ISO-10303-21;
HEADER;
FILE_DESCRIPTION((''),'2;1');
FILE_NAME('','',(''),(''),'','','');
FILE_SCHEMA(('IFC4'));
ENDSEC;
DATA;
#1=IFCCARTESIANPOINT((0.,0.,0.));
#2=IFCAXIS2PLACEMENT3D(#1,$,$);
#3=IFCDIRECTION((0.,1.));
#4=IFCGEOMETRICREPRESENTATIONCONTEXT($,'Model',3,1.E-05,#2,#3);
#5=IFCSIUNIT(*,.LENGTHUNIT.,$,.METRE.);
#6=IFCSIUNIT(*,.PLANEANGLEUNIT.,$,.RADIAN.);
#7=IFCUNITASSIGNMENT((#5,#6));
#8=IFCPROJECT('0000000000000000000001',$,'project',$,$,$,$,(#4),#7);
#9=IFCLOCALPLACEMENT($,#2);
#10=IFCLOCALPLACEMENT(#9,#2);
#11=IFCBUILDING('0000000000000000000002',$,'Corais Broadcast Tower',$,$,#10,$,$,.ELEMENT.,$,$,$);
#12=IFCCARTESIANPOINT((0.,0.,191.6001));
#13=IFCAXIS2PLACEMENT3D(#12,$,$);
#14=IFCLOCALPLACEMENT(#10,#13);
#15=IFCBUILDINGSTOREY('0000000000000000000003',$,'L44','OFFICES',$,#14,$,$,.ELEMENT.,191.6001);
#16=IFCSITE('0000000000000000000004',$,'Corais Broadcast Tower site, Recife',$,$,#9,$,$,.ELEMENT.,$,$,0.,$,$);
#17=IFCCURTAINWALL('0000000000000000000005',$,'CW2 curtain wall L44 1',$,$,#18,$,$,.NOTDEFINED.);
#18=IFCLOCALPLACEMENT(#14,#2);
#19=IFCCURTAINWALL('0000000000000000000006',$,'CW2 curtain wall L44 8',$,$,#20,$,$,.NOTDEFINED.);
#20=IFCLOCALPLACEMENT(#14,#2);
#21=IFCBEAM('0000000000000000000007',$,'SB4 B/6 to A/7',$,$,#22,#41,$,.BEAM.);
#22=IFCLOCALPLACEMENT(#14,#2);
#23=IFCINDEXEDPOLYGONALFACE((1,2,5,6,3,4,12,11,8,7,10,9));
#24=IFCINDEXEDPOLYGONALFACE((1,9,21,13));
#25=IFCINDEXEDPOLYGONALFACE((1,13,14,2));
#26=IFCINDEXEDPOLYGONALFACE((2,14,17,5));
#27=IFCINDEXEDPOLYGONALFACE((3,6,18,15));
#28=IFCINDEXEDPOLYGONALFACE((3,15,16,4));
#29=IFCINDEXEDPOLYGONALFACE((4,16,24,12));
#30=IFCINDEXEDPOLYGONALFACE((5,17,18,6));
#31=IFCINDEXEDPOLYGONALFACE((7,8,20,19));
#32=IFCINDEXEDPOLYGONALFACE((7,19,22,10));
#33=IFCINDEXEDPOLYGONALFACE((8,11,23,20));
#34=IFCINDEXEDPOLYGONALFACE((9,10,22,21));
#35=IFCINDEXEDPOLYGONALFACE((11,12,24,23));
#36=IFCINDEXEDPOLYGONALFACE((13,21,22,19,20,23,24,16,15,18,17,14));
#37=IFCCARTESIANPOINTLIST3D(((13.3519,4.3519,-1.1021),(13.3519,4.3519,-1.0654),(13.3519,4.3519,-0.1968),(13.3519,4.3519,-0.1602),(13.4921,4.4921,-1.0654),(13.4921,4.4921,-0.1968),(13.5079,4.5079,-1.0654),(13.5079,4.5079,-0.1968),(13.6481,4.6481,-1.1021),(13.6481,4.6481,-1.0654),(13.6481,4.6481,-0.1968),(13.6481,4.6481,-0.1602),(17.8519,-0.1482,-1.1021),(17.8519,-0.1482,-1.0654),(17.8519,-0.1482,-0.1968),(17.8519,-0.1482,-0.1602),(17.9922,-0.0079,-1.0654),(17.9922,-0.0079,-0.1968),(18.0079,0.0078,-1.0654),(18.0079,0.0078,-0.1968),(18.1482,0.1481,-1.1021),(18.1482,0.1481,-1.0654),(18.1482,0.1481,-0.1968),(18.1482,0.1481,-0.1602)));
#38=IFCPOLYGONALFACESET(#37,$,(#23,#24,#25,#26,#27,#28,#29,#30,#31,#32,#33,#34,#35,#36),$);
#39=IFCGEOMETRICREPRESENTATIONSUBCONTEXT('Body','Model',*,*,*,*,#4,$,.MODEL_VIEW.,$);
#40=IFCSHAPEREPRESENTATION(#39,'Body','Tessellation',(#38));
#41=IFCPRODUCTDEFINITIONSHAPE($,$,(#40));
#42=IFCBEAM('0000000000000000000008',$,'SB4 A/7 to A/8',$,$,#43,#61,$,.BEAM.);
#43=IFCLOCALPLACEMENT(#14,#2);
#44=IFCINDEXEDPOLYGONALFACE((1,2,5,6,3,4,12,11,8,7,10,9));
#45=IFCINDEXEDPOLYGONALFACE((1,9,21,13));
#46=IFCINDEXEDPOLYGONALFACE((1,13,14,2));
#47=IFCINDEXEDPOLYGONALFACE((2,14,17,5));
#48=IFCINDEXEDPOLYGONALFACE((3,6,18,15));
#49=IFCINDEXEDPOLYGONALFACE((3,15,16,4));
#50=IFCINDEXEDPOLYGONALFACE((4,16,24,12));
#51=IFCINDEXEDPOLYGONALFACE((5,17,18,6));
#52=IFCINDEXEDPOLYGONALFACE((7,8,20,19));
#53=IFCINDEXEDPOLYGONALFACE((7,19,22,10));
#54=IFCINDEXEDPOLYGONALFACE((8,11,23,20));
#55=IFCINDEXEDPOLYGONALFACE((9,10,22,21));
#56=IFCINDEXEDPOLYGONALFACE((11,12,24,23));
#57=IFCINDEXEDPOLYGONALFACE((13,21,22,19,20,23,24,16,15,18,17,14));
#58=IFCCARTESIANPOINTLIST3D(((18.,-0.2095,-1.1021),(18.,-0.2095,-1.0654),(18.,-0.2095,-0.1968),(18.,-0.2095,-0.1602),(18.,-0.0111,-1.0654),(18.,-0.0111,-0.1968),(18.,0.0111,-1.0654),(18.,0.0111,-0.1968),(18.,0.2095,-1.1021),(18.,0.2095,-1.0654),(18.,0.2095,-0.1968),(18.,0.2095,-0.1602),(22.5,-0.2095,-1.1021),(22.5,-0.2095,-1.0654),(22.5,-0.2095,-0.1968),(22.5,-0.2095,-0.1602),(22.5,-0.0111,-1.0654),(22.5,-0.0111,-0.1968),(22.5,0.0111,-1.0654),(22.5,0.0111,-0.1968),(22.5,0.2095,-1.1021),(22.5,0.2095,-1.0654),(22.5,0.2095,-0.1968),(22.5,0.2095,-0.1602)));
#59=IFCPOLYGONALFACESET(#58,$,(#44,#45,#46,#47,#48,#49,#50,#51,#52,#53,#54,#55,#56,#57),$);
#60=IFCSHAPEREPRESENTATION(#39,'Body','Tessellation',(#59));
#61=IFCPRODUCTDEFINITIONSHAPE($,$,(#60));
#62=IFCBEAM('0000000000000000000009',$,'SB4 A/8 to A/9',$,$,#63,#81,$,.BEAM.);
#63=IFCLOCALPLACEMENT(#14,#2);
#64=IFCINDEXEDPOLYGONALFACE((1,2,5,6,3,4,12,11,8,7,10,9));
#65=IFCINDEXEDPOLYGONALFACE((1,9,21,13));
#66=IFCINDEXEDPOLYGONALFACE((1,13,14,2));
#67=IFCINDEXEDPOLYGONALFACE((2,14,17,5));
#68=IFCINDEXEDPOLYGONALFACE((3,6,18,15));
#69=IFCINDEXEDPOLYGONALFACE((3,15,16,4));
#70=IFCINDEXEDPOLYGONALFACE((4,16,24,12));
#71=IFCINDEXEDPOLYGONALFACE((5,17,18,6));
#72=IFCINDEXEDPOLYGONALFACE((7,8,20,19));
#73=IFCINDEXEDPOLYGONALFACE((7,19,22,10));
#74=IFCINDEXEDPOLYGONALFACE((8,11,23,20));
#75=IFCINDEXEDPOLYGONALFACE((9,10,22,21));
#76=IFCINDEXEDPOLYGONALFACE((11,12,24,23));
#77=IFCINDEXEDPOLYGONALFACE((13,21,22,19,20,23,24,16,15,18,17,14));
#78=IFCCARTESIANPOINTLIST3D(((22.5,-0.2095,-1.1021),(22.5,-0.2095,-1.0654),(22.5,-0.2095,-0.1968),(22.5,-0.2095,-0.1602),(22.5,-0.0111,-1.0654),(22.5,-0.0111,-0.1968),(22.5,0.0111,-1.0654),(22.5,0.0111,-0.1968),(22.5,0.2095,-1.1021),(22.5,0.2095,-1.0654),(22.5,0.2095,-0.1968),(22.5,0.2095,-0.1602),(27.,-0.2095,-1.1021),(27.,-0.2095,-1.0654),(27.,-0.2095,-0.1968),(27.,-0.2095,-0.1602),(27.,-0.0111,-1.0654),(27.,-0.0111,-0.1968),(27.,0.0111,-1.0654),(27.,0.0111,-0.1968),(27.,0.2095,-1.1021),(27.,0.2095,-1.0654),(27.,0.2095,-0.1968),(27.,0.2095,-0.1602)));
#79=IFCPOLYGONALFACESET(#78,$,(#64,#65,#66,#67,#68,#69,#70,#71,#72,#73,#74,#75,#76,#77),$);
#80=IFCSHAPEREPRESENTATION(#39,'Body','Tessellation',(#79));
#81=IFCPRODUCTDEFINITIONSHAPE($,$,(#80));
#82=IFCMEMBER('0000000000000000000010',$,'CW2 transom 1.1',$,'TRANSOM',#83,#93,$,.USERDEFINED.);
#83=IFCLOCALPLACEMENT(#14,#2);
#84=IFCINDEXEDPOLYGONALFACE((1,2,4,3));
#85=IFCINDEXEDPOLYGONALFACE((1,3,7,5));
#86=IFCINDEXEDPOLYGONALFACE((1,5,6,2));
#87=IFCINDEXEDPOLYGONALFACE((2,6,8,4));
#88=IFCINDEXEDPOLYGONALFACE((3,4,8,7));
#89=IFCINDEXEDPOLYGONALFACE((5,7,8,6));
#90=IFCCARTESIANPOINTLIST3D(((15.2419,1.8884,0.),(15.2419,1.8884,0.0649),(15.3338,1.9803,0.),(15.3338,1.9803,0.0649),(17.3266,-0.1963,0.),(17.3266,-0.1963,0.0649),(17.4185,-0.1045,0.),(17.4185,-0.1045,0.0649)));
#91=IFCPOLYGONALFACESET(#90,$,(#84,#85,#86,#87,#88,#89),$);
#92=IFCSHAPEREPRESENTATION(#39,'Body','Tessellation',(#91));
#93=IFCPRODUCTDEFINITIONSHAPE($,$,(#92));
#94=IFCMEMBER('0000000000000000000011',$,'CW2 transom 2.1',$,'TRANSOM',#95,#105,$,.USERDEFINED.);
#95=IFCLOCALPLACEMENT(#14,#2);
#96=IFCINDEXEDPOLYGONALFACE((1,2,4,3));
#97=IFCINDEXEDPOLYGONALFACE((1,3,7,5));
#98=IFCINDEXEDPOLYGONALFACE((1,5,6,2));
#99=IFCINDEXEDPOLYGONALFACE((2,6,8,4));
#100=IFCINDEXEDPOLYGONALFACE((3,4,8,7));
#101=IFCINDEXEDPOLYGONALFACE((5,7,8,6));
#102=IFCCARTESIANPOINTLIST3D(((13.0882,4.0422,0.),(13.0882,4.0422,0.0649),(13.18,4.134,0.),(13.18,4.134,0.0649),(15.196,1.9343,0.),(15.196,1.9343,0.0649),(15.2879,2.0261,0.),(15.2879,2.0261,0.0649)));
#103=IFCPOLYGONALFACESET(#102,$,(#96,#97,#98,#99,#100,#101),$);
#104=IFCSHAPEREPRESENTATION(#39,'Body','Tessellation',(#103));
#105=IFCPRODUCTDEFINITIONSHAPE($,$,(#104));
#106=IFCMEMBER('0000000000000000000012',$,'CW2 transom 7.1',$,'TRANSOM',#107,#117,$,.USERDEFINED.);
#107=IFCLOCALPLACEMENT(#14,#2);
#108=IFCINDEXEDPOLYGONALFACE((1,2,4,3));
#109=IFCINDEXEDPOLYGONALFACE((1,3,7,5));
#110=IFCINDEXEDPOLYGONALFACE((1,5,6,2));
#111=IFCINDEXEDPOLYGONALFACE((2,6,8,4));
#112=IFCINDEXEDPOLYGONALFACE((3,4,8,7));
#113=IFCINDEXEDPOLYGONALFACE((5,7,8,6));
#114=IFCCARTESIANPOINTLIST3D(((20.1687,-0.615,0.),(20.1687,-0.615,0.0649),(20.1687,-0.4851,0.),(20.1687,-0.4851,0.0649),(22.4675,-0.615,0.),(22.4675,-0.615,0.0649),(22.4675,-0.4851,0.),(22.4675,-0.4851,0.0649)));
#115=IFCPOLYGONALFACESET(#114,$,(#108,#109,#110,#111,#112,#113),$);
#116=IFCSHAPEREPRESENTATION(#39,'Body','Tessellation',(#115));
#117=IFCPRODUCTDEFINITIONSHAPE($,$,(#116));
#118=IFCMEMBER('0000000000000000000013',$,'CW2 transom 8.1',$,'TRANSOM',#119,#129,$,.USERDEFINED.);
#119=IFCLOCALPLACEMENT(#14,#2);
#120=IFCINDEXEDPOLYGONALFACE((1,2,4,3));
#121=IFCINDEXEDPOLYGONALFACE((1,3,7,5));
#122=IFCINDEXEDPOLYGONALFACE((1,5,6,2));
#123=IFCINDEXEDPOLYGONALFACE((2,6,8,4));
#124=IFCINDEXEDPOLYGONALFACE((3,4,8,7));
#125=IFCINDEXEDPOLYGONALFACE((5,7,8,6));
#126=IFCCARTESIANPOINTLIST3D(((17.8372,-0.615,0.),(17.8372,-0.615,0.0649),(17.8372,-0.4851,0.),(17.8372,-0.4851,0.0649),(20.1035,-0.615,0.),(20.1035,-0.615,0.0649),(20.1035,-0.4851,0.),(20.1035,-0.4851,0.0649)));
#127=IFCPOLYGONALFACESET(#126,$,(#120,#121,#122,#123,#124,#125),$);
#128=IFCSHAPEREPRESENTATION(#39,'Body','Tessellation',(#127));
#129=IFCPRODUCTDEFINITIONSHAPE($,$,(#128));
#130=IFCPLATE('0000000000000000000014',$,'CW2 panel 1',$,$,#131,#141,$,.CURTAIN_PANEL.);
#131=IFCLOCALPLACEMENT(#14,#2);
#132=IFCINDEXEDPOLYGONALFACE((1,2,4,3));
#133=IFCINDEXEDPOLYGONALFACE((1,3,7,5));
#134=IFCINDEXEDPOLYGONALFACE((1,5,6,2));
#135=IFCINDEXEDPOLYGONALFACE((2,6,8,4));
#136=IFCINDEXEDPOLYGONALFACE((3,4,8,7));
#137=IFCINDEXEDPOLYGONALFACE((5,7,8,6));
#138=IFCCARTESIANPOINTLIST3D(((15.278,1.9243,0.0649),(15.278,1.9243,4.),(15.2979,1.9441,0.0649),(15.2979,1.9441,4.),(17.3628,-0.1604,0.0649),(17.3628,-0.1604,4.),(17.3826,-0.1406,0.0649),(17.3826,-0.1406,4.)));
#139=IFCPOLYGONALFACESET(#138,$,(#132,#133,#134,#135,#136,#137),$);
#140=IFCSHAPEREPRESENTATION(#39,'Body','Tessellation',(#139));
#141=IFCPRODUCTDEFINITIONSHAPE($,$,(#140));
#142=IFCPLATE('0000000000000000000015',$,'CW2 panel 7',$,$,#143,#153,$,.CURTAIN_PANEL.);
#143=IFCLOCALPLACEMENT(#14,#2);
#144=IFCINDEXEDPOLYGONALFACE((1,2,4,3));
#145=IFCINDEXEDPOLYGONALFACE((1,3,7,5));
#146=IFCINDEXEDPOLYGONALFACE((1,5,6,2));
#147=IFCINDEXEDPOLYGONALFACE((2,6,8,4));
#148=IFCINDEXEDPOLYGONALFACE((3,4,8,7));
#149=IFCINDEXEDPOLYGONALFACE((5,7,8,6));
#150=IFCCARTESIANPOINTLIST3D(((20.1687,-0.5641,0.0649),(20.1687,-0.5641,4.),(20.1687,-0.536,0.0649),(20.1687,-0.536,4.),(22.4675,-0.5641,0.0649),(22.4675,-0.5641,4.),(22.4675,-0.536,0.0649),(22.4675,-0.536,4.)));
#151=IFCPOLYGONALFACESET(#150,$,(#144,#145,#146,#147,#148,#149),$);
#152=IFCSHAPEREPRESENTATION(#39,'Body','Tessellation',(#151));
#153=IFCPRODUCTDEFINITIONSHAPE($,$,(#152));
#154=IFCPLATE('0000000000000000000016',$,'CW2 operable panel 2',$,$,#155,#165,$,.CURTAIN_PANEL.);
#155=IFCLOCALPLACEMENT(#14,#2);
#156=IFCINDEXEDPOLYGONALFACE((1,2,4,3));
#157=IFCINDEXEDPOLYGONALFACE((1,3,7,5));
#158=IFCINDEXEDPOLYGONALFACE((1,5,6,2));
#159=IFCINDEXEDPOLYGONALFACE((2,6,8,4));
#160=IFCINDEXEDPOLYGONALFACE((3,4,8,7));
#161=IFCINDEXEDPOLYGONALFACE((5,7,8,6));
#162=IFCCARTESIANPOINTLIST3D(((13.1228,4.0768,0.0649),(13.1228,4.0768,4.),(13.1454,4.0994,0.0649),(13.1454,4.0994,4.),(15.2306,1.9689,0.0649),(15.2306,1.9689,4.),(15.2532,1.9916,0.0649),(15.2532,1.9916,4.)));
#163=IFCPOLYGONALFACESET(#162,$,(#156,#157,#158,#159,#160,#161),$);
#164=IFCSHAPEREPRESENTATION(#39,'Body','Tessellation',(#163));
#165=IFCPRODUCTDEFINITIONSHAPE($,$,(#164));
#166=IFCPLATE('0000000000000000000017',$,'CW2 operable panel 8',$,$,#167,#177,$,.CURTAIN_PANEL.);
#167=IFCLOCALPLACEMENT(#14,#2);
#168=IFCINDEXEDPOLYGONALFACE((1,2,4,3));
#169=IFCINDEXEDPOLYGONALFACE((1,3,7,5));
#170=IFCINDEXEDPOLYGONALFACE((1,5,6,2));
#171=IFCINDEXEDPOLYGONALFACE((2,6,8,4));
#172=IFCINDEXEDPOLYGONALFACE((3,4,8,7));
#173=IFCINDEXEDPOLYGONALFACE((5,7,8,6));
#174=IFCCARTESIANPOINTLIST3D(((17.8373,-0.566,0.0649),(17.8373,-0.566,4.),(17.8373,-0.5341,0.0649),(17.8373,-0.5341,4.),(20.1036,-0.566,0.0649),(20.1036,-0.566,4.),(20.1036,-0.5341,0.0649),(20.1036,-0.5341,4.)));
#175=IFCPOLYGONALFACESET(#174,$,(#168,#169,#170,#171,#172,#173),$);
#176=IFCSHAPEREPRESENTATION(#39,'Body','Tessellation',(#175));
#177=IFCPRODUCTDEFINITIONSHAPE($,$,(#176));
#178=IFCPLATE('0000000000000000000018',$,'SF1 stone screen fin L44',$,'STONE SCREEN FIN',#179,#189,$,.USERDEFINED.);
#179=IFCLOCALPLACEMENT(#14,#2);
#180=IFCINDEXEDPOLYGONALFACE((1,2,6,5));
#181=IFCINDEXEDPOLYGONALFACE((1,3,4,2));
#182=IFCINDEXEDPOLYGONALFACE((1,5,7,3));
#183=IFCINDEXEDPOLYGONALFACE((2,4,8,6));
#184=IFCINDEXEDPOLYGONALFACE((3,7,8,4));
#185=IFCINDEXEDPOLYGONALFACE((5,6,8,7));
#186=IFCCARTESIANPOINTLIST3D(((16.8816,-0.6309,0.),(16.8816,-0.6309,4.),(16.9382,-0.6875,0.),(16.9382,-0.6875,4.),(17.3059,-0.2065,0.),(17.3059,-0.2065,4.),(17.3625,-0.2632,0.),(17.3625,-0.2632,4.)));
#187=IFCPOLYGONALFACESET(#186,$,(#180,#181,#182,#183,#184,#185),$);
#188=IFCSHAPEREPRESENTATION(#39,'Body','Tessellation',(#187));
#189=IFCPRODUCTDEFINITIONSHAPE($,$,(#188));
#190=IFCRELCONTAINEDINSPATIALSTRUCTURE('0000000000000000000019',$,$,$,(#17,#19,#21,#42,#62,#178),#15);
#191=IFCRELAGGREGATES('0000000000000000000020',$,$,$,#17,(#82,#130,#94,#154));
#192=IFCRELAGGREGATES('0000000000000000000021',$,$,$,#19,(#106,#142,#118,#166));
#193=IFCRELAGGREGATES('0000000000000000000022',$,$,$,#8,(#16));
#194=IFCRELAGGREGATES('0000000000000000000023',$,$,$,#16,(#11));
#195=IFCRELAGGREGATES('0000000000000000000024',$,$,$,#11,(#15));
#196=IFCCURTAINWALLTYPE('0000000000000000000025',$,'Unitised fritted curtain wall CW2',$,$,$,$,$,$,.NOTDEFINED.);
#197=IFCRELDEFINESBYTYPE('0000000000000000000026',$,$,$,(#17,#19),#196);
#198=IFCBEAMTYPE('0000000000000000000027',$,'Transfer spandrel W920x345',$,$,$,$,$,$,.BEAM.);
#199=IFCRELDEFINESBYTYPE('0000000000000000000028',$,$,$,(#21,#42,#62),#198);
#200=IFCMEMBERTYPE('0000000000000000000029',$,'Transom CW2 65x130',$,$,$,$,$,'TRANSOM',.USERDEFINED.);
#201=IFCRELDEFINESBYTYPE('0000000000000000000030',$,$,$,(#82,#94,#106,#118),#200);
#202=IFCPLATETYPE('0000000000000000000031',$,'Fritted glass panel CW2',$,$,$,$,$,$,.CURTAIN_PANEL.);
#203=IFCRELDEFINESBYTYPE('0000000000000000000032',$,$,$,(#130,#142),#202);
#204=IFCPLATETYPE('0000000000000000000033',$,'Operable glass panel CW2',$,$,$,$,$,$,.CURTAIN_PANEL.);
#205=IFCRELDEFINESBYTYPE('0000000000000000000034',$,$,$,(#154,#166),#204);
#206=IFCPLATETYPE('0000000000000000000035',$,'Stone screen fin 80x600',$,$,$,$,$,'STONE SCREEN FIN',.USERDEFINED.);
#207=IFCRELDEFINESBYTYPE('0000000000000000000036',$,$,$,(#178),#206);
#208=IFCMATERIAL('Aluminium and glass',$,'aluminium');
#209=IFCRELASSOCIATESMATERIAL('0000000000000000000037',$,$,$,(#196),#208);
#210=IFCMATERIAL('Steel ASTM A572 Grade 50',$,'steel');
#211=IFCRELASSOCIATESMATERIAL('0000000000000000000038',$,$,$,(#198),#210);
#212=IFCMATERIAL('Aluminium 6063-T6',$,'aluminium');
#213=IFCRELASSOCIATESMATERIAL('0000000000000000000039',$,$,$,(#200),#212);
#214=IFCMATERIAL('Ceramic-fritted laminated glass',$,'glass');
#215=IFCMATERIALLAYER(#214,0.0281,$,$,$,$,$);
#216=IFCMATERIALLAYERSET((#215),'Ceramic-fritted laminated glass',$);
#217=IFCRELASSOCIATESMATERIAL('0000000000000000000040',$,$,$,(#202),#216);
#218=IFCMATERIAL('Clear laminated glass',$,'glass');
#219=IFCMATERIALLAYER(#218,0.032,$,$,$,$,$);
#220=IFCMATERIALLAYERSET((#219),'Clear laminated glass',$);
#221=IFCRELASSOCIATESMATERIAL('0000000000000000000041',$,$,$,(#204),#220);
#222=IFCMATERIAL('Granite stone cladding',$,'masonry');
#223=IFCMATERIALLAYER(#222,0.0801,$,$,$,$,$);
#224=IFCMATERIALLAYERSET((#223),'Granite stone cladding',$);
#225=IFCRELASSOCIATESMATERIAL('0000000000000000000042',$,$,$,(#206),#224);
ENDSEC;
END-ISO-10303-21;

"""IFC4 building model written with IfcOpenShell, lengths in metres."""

from ifc_helpers import new_model, si_unit, direction, frame, origin, origin_2d, place, context, subcontext, project, spatial, rectangle, i_section, extrude, material, layer, layer_set, material_profile, profile_set, type_object, element, aggregate, save


model = new_model("IFC4")

# Units and contexts
model_context = context("Model", 3, precision=1e-05, world=origin(), true_north=direction((0.0, 1.0)))
body_context = subcontext(model_context, "Body", "Model", "MODEL_VIEW")
ifc_project = project(units=[si_unit("LENGTHUNIT", "METRE"), si_unit("PLANEANGLEUNIT", "RADIAN")], contexts=[model_context])

# Site, building, storey
site_placement = place(None, origin())
site = spatial("IfcSite", under=ifc_project, at=site_placement, Name="Corais Broadcast Tower site, Recife", CompositionType="ELEMENT", RefElevation=0.0)
building_placement = place(site_placement, origin())
building = spatial("IfcBuilding", under=site, at=building_placement, Name="Corais Broadcast Tower", CompositionType="ELEMENT")
storey_placement = place(building_placement, frame((0.0, 0.0, 191.6001)))
storey = spatial("IfcBuildingStorey", under=building, at=storey_placement, Name="L44", Description="OFFICES", CompositionType="ELEMENT", Elevation=191.6001)

# Curtain walls
ifc_material_1 = material(Name="Aluminium and glass", Category="aluminium")
curtain_wall_type = type_object("IfcCurtainWallType", Name="Unitised fritted curtain wall CW2", PredefinedType="NOTDEFINED", material=ifc_material_1)
curtain_wall_1_placement = place(storey_placement, origin())
curtain_wall_1 = element("IfcCurtainWall", 1, at=curtain_wall_1_placement, inside=storey, type_object=curtain_wall_type, Name="CW2 curtain wall L44 1", PredefinedType="NOTDEFINED")
curtain_wall_2_placement = place(storey_placement, origin())
curtain_wall_2 = element("IfcCurtainWall", 2, at=curtain_wall_2_placement, inside=storey, type_object=curtain_wall_type, Name="CW2 curtain wall L44 8", PredefinedType="NOTDEFINED")

# Beams
ifc_material_2 = material(Name="Steel ASTM A572 Grade 50", Category="steel")
ifc_material_profile_1 = material_profile(ifc_material_2, i_section(OverallWidth=0.4189, OverallDepth=0.9419, WebThickness=0.0222, FlangeThickness=0.0366, at=origin_2d()), Name="W920x345")
ifc_profile_set_1 = profile_set([ifc_material_profile_1], Name="Steel ASTM A572 Grade 50")
beam_type_1 = type_object("IfcBeamType", Name="Transfer spandrel W920x345", PredefinedType="BEAM", material=ifc_profile_set_1)
beam_1_placement = place(storey_placement, frame((13.5, 4.5, -0.6311), z_axis=(0.707107, -0.707107, 0.0), x_axis=(0.707107, 0.707107, 0.0)))
element("IfcBeam", 3, at=beam_1_placement, inside=storey, type_object=beam_type_1, Name="SB4 B/6 to A/7", PredefinedType="BEAM", context=body_context, shape_type="SweptSolid", body=[
    extrude(i_section(OverallWidth=0.4189, OverallDepth=0.9419, WebThickness=0.0222, FlangeThickness=0.0366, at=origin_2d()), origin(), (0.0, 0.0, 1.0), 6.364),
])
for number, where, z_axis, x_axis, name in (
    (4, (18.0, 0.0, -0.6311), (1.0, 0.0, 0.0), (0.0, 1.0, 0.0), "SB4 A/7 to A/8"),
    (5, (22.5, 0.0, -0.6311), (1.0, 0.0, 0.0), (0.0, 1.0, 0.0), "SB4 A/8 to A/9"),
):
    element("IfcBeam", number, at=place(storey_placement, frame(where, z_axis=z_axis, x_axis=x_axis)), inside=storey, type_object=beam_type_1, Name=name, PredefinedType="BEAM", context=body_context, shape_type="SweptSolid", body=[
        extrude(i_section(OverallWidth=0.4189, OverallDepth=0.9419, WebThickness=0.0222, FlangeThickness=0.0366, at=origin_2d()), origin(), (0.0, 0.0, 1.0), 4.5),
    ])

# Members
ifc_material_3 = material(Name="Aluminium 6063-T6", Category="aluminium")
ifc_material_profile_2 = material_profile(ifc_material_3, rectangle(XDim=0.1299, YDim=0.0649, at=origin_2d()), Name="Transom CW2 65x130")
ifc_profile_set_2 = profile_set([ifc_material_profile_2], Name="Aluminium 6063-T6")
member_type_1 = type_object("IfcMemberType", Name="Transom CW2 65x130", ElementType="TRANSOM", PredefinedType="USERDEFINED", material=ifc_profile_set_2)
member_1_placement = place(storey_placement, frame((17.3726, -0.1504, 0.0325), z_axis=(-0.707107, 0.707107, 0.0), x_axis=(-0.707107, -0.707107, 0.0)))
member_1 = element("IfcMember", 6, at=member_1_placement, type_object=member_type_1, Name="CW2 transom 1.1", ObjectType="TRANSOM", PredefinedType="USERDEFINED", context=body_context, shape_type="SweptSolid", body=[
    extrude(rectangle(XDim=0.1299, YDim=0.0649, at=origin_2d()), origin(), (0.0, 0.0, 1.0), 2.9482),
])
member_2_placement = place(storey_placement, frame((15.2419, 1.9802, 0.0325), z_axis=(-0.707107, 0.707107, 0.0), x_axis=(-0.707107, -0.707107, 0.0)))
member_2 = element("IfcMember", 7, at=member_2_placement, type_object=member_type_1, Name="CW2 transom 2.1", ObjectType="TRANSOM", PredefinedType="USERDEFINED", context=body_context, shape_type="SweptSolid", body=[
    extrude(rectangle(XDim=0.1299, YDim=0.0649, at=origin_2d()), origin(), (0.0, 0.0, 1.0), 2.981),
])
member_3_placement = place(storey_placement, frame((22.4675, -0.55, 0.0325), z_axis=(-1.0, 0.0, 0.0), x_axis=(0.0, -1.0, 0.0)))
member_3 = element("IfcMember", 8, at=member_3_placement, type_object=member_type_1, Name="CW2 transom 7.1", ObjectType="TRANSOM", PredefinedType="USERDEFINED", context=body_context, shape_type="SweptSolid", body=[
    extrude(rectangle(XDim=0.1299, YDim=0.0649, at=origin_2d()), origin(), (0.0, 0.0, 1.0), 2.2988),
])
member_4_placement = place(storey_placement, frame((20.1035, -0.55, 0.0325), z_axis=(-1.0, 0.0, 0.0), x_axis=(0.0, -1.0, 0.0)))
member_4 = element("IfcMember", 9, at=member_4_placement, type_object=member_type_1, Name="CW2 transom 8.1", ObjectType="TRANSOM", PredefinedType="USERDEFINED", context=body_context, shape_type="SweptSolid", body=[
    extrude(rectangle(XDim=0.1299, YDim=0.0649, at=origin_2d()), origin(), (0.0, 0.0, 1.0), 2.2664),
])

# Plates
ifc_material_4 = material(Name="Ceramic-fritted laminated glass", Category="glass")
ifc_layer_1 = layer(ifc_material_4, 0.0281)
ifc_layer_set_1 = layer_set([ifc_layer_1], Name="Ceramic-fritted laminated glass")
plate_type_1 = type_object("IfcPlateType", Name="Fritted glass panel CW2", PredefinedType="CURTAIN_PANEL", material=ifc_layer_set_1)
plate_1_placement = place(storey_placement, frame((16.3303, 0.8918, 0.0649), z_axis=(0.0, 0.0, 1.0), x_axis=(-0.707107, 0.707107, 0.0)))
plate_1 = element("IfcPlate", 10, at=plate_1_placement, type_object=plate_type_1, Name="CW2 panel 1", PredefinedType="CURTAIN_PANEL", context=body_context, shape_type="SweptSolid", body=[
    extrude(rectangle(XDim=2.9482, YDim=0.0281, at=origin_2d()), origin(), (0.0, 0.0, 1.0), 3.9351),
])
plate_2_placement = place(storey_placement, frame((21.3181, -0.55, 0.0649), z_axis=(0.0, 0.0, 1.0), x_axis=(-1.0, 0.0, 0.0)))
plate_2 = element("IfcPlate", 11, at=plate_2_placement, type_object=plate_type_1, Name="CW2 panel 7", PredefinedType="CURTAIN_PANEL", context=body_context, shape_type="SweptSolid", body=[
    extrude(rectangle(XDim=2.2988, YDim=0.0281, at=origin_2d()), origin(), (0.0, 0.0, 1.0), 3.9351),
])
ifc_material_5 = material(Name="Clear laminated glass", Category="glass")
ifc_layer_2 = layer(ifc_material_5, 0.032)
ifc_layer_set_2 = layer_set([ifc_layer_2], Name="Clear laminated glass")
plate_type_2 = type_object("IfcPlateType", Name="Operable glass panel CW2", PredefinedType="CURTAIN_PANEL", material=ifc_layer_set_2)
plate_3_placement = place(storey_placement, frame((14.188, 3.0342, 0.0649), z_axis=(0.0, 0.0, 1.0), x_axis=(-0.707107, 0.707107, 0.0)))
plate_3 = element("IfcPlate", 12, at=plate_3_placement, type_object=plate_type_2, Name="CW2 operable panel 2", PredefinedType="CURTAIN_PANEL", context=body_context, shape_type="SweptSolid", body=[
    extrude(rectangle(XDim=2.981, YDim=0.032, at=origin_2d()), origin(), (0.0, 0.0, 1.0), 3.9351),
])
aggregate(curtain_wall_1, [member_1, plate_1, member_2, plate_3])
plate_4_placement = place(storey_placement, frame((18.9705, -0.55, 0.0649), z_axis=(0.0, 0.0, 1.0), x_axis=(-1.0, 0.0, 0.0)))
plate_4 = element("IfcPlate", 13, at=plate_4_placement, type_object=plate_type_2, Name="CW2 operable panel 8", PredefinedType="CURTAIN_PANEL", context=body_context, shape_type="SweptSolid", body=[
    extrude(rectangle(XDim=2.2664, YDim=0.032, at=origin_2d()), origin(), (0.0, 0.0, 1.0), 3.9351),
])
aggregate(curtain_wall_2, [member_3, plate_2, member_4, plate_4])
ifc_material_6 = material(Name="Granite stone cladding", Category="masonry")
ifc_layer_3 = layer(ifc_material_6, 0.0801)
ifc_layer_set_3 = layer_set([ifc_layer_3], Name="Granite stone cladding")
plate_type_3 = type_object("IfcPlateType", Name="Stone screen fin 80x600", ElementType="STONE SCREEN FIN", PredefinedType="USERDEFINED", material=ifc_layer_set_3)
plate_5_placement = place(storey_placement, frame((17.1221, -0.447, 0.0), z_axis=(0.0, 0.0, 1.0), x_axis=(-0.707107, 0.707107, 0.0)))
element("IfcPlate", 14, at=plate_5_placement, inside=storey, type_object=plate_type_3, Name="SF1 stone screen fin L44", ObjectType="STONE SCREEN FIN", PredefinedType="USERDEFINED", context=body_context, shape_type="SweptSolid", body=[
    extrude(rectangle(XDim=0.0801, YDim=0.6001, at=origin_2d()), origin(), (0.0, 0.0, 1.0), 4.0),
])

save(model, "model.ifc")
